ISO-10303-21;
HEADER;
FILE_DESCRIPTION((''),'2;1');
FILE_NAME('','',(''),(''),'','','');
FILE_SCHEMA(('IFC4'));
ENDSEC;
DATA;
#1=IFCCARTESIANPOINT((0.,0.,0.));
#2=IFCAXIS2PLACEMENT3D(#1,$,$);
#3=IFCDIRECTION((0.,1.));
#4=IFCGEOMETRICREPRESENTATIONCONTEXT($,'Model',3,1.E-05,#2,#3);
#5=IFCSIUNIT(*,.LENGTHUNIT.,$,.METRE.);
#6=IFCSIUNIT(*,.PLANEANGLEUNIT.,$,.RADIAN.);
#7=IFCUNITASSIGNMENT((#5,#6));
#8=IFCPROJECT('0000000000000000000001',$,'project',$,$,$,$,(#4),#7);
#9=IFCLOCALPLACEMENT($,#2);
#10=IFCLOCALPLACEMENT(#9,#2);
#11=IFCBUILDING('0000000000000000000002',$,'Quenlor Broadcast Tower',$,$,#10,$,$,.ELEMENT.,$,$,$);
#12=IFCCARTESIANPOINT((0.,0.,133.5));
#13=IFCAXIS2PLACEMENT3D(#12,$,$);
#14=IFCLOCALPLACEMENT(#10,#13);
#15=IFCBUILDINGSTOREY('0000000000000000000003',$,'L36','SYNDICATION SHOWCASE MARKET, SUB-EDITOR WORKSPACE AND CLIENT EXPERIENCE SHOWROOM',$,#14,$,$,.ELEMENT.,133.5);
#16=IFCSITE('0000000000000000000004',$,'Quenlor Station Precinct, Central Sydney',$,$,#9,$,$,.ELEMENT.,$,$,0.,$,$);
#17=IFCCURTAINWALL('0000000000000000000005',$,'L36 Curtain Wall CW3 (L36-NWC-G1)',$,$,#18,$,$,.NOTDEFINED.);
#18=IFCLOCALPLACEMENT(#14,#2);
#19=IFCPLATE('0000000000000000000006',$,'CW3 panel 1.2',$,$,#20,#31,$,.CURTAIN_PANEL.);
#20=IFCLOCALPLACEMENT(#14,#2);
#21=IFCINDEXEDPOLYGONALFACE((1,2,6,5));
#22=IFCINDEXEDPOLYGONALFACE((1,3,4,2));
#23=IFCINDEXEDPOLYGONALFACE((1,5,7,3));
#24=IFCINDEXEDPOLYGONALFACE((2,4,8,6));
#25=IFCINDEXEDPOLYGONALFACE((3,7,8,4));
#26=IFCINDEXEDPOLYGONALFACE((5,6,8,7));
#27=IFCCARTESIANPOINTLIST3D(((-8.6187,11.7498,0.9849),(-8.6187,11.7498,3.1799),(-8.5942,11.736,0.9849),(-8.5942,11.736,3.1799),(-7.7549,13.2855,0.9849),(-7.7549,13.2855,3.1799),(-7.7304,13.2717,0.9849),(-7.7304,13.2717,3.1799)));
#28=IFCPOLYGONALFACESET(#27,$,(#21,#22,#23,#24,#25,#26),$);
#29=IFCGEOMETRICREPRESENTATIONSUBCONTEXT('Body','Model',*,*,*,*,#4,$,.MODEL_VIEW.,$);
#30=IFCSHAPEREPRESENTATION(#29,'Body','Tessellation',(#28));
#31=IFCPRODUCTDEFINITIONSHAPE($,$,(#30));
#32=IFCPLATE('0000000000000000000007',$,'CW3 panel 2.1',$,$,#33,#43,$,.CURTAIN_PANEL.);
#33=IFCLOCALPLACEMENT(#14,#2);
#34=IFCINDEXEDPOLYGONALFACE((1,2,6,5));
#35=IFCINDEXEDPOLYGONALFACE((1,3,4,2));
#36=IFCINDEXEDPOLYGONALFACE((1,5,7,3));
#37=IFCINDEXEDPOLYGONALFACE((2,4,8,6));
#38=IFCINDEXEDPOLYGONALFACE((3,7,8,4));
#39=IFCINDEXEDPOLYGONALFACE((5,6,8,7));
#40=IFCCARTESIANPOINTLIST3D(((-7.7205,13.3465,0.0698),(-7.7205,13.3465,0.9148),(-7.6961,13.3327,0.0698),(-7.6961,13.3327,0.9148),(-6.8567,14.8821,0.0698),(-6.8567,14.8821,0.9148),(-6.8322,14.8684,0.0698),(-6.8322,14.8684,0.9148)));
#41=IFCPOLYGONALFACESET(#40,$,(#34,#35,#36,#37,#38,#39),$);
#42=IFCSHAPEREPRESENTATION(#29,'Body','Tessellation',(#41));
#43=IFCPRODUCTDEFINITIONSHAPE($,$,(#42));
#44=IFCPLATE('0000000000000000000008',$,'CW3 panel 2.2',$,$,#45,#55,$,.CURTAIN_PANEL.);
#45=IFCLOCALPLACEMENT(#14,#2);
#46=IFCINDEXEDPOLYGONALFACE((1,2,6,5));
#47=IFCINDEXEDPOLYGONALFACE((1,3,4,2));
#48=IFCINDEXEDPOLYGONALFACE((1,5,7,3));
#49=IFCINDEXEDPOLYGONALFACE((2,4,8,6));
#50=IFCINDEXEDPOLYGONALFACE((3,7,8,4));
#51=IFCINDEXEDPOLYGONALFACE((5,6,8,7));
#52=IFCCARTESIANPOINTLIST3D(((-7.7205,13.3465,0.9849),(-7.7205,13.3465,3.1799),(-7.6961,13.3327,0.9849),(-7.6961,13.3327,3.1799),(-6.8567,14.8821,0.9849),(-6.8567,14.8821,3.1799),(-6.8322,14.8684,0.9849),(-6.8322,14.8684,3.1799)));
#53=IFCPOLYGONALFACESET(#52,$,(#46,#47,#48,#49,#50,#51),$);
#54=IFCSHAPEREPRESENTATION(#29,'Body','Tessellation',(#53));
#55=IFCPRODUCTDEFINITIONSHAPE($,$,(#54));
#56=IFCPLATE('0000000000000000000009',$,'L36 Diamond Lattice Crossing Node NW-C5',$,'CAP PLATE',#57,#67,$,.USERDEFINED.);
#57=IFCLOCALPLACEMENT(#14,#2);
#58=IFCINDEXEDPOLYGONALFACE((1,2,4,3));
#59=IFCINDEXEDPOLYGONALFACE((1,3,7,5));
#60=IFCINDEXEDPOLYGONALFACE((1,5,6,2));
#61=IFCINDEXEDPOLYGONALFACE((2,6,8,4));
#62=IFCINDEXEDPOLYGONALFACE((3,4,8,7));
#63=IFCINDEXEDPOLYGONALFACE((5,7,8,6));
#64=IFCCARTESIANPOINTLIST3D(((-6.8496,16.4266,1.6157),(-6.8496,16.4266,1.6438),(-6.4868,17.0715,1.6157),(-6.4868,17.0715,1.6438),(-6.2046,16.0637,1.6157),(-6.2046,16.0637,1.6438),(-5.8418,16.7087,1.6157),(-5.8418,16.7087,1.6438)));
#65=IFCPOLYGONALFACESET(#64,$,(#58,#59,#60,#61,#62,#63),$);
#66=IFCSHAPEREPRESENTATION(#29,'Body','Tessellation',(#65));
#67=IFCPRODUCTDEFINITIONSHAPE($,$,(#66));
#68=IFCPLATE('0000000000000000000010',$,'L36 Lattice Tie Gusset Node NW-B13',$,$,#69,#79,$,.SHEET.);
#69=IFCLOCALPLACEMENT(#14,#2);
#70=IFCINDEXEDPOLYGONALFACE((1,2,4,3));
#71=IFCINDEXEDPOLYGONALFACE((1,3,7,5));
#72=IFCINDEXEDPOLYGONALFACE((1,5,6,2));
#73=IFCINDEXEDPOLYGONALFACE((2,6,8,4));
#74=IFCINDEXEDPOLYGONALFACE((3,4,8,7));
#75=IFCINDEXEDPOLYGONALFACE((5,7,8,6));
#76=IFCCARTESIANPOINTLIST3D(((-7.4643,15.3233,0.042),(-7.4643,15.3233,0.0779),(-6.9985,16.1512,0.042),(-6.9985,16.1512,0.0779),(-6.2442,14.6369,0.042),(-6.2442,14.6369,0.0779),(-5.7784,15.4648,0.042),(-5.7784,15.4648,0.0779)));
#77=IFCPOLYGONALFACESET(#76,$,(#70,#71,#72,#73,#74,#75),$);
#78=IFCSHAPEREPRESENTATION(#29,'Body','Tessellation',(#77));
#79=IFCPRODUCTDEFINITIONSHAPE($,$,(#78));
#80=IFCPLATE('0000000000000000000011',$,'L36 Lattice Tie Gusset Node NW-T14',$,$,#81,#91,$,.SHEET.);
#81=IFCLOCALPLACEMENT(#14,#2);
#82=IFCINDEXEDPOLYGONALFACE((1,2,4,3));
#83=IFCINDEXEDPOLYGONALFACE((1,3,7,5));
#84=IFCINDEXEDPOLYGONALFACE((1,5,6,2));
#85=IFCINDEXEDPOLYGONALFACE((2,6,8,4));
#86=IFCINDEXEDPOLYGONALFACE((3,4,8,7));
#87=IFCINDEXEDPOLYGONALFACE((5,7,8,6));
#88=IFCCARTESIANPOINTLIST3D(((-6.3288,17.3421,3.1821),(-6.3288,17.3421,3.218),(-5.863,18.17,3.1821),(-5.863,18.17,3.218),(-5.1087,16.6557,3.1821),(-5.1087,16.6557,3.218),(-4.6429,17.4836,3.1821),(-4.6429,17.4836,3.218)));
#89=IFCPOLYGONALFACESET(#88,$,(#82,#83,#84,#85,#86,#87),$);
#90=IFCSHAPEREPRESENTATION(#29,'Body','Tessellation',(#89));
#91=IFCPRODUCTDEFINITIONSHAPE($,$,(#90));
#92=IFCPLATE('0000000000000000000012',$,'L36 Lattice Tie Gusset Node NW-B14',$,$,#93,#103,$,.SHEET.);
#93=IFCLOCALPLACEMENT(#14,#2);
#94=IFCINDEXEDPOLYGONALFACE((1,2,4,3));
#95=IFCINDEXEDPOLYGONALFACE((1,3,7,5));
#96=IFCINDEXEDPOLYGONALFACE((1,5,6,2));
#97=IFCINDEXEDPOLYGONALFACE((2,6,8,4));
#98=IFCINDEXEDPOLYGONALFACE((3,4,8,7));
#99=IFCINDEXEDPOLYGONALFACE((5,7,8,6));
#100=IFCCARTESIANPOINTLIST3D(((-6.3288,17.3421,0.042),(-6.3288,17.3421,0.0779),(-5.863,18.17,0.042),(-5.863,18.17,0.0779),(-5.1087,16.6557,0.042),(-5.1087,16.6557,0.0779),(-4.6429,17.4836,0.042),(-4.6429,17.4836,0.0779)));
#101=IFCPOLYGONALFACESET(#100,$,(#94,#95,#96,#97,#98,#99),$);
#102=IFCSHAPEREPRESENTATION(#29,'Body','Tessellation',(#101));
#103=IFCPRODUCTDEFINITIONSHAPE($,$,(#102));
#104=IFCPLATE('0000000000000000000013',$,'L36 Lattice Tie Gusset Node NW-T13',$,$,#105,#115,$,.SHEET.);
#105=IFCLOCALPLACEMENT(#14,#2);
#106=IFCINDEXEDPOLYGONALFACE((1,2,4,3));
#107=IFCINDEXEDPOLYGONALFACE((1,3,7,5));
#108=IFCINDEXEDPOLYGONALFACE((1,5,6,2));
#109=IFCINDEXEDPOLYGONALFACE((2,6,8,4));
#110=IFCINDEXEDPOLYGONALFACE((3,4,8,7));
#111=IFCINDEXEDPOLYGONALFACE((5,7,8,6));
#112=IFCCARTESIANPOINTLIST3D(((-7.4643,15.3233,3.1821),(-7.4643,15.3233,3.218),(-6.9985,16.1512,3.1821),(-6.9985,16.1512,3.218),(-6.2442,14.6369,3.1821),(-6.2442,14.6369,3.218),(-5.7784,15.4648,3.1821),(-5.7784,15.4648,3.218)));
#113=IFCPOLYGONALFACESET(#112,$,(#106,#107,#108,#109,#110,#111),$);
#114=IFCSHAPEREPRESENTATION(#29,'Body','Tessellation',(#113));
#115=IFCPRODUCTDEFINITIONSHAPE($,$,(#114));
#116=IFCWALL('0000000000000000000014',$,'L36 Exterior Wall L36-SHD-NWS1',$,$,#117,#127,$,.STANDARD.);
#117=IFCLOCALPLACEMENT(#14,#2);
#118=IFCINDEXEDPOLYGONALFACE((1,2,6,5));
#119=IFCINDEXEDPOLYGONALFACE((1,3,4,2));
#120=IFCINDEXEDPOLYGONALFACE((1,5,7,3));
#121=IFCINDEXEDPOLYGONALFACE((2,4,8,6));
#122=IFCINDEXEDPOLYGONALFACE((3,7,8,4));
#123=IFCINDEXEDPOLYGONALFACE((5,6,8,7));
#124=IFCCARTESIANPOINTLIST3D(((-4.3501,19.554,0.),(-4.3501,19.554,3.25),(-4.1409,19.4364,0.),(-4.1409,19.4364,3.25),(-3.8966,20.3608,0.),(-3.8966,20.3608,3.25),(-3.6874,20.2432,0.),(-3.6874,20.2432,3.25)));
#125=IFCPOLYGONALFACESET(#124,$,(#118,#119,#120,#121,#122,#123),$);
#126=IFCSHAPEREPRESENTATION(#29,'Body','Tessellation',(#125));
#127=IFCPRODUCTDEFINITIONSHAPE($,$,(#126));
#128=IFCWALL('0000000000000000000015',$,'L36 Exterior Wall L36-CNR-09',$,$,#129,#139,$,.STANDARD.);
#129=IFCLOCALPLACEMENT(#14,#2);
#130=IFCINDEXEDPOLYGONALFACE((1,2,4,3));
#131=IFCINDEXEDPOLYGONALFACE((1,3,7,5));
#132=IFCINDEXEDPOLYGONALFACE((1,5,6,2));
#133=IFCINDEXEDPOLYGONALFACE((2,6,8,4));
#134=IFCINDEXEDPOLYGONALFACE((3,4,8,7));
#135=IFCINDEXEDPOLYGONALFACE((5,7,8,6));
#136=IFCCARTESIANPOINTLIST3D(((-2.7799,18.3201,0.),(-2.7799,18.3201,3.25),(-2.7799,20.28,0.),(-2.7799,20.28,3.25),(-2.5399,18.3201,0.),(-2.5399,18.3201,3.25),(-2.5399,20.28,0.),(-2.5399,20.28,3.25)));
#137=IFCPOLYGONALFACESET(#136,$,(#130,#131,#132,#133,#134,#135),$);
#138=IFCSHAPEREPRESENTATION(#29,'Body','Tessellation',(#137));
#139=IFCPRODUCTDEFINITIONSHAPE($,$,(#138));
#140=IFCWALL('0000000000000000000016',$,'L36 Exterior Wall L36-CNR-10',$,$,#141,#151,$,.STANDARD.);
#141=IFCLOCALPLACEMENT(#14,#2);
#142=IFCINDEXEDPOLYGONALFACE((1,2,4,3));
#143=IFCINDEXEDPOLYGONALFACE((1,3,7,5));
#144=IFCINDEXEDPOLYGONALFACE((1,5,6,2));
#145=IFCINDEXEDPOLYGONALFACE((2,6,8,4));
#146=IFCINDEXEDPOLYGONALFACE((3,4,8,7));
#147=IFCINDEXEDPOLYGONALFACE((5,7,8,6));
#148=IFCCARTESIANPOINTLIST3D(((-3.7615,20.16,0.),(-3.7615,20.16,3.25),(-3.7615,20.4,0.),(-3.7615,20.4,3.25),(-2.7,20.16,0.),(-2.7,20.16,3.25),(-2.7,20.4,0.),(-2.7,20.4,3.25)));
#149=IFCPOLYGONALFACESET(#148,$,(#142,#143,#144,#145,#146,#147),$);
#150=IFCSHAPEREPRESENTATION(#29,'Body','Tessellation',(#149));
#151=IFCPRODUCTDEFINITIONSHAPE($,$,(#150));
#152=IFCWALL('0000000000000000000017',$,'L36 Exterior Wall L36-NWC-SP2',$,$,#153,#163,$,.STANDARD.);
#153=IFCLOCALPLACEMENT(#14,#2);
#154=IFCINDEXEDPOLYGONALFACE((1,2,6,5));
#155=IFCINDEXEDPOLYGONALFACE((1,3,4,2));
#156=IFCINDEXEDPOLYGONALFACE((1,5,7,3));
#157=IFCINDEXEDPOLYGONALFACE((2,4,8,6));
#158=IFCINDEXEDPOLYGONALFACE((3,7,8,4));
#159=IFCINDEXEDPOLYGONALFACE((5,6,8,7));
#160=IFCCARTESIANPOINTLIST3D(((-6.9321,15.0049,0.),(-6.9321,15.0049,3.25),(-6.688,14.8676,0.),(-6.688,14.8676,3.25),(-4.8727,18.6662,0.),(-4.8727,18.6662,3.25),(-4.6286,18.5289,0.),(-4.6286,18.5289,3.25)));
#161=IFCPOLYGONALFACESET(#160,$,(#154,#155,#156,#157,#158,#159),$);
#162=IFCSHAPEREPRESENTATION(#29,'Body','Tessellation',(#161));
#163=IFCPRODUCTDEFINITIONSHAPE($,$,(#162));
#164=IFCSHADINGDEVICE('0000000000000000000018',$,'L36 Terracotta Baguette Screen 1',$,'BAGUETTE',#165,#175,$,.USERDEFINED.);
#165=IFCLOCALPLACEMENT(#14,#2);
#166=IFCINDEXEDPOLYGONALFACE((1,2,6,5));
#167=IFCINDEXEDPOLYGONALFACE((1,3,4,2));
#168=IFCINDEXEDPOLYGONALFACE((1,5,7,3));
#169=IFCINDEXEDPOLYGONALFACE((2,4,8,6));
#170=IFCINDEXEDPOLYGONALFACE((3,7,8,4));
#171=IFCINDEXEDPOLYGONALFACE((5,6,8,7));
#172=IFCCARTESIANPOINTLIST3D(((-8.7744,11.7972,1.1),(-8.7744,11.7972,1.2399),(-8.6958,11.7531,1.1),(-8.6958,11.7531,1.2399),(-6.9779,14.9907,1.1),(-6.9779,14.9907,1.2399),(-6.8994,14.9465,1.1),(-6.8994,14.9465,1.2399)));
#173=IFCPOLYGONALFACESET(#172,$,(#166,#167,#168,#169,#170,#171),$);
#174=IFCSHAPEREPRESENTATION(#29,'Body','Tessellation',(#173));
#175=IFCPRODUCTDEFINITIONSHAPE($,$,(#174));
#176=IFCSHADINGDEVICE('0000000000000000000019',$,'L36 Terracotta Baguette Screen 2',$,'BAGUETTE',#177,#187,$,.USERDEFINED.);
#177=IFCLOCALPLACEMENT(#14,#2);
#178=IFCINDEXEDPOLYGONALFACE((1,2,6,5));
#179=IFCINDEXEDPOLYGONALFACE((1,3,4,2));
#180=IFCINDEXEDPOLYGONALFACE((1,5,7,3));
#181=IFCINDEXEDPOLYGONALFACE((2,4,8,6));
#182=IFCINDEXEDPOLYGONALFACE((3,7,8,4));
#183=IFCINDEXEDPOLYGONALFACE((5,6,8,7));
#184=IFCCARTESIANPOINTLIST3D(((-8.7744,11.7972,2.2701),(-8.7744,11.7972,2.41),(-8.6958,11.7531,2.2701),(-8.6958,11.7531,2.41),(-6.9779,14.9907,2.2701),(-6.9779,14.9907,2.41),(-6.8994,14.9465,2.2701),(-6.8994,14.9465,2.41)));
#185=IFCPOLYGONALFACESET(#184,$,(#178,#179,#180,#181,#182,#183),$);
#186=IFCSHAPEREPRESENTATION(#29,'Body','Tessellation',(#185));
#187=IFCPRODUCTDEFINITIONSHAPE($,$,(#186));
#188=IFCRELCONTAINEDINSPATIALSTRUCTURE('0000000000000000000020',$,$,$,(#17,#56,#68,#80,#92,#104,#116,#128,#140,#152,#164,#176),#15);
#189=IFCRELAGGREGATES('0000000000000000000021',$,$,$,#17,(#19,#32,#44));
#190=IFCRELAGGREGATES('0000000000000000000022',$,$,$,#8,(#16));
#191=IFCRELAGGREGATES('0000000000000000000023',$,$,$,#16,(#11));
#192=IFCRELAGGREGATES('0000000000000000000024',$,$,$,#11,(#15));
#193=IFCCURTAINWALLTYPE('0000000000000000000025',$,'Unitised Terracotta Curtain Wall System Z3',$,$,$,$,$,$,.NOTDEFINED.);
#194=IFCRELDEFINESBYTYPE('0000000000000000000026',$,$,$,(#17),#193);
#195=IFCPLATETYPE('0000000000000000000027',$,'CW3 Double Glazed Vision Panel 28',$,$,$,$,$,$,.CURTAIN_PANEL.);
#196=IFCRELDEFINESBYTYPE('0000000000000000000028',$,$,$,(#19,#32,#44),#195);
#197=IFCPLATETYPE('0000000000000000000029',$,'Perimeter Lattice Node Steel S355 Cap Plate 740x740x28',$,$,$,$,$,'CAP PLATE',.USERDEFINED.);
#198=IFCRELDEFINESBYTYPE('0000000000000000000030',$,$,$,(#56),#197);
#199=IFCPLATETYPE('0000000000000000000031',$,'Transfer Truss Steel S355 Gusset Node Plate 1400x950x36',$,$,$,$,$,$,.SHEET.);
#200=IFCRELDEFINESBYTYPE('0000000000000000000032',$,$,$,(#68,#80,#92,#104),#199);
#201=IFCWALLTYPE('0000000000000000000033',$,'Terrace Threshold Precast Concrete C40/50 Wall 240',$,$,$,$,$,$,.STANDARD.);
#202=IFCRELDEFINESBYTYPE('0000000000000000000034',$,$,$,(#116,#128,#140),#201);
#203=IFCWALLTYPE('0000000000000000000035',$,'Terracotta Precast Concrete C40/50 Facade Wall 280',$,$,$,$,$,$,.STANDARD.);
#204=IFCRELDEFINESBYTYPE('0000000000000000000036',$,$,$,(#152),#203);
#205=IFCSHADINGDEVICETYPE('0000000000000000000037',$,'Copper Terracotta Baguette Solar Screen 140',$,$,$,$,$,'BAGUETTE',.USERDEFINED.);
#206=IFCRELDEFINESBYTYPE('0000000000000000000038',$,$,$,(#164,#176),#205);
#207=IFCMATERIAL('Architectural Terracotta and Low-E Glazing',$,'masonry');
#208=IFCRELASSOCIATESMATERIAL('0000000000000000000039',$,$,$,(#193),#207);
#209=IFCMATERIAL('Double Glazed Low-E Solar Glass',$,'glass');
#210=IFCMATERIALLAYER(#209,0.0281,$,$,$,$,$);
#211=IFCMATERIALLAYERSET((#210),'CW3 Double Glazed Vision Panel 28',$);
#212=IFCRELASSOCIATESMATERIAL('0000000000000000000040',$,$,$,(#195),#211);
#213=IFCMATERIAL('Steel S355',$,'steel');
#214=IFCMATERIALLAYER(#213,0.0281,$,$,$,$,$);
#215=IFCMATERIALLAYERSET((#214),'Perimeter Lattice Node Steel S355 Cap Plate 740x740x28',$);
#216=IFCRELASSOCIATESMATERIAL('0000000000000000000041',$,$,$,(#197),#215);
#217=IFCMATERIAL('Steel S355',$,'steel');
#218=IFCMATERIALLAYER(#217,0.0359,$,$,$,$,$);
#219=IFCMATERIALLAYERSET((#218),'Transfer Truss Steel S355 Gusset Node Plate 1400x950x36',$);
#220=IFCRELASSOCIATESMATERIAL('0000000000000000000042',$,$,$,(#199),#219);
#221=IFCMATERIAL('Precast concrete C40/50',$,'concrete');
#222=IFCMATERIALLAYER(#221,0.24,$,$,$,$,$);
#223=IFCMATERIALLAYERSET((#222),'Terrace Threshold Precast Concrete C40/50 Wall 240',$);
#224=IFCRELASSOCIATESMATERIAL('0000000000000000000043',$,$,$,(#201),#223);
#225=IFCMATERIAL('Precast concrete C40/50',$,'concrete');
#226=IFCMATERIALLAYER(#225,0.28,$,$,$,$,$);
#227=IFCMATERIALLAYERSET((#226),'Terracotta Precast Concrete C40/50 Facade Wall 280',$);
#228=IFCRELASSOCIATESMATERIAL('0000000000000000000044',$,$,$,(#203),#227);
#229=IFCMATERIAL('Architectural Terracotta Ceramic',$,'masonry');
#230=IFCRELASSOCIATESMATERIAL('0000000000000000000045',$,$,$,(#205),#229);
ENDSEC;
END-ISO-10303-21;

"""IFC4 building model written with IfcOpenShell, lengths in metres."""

from ifc_helpers import new_model, si_unit, direction, frame, frame_2d, origin, origin_2d, place, context, subcontext, project, spatial, rectangle, extrude, material, layer, layer_set, material_profile, profile_set, type_object, element, aggregate, save


model = new_model("IFC4")

# Units and contexts
model_context = context("Model", 3, precision=1e-05, world=origin(), true_north=direction((0.0, 1.0)))
body_context = subcontext(model_context, "Body", "Model", "MODEL_VIEW")
ifc_project = project(units=[si_unit("LENGTHUNIT", "METRE"), si_unit("PLANEANGLEUNIT", "RADIAN")], contexts=[model_context])

# Site, building, storey
site_placement = place(None, origin())
site = spatial("IfcSite", under=ifc_project, at=site_placement, Name="Quenlor Station Precinct, Central Sydney", CompositionType="ELEMENT", RefElevation=0.0)
building_placement = place(site_placement, origin())
building = spatial("IfcBuilding", under=site, at=building_placement, Name="Quenlor Broadcast Tower", CompositionType="ELEMENT")
storey_placement = place(building_placement, frame((0.0, 0.0, 133.5)))
storey = spatial("IfcBuildingStorey", under=building, at=storey_placement, Name="L36", Description="SYNDICATION SHOWCASE MARKET, SUB-EDITOR WORKSPACE AND CLIENT EXPERIENCE SHOWROOM", CompositionType="ELEMENT", Elevation=133.5)

# Curtain wall
ifc_material_1 = material(Name="Architectural Terracotta and Low-E Glazing", Category="masonry")
curtain_wall_type = type_object("IfcCurtainWallType", Name="Unitised Terracotta Curtain Wall System Z3", PredefinedType="NOTDEFINED", material=ifc_material_1)
curtain_wall_placement = place(storey_placement, origin())
curtain_wall = element("IfcCurtainWall", 1, at=curtain_wall_placement, inside=storey, type_object=curtain_wall_type, Name="L36 Curtain Wall CW3 (L36-NWC-G1)", PredefinedType="NOTDEFINED")

# Plates
ifc_material_2 = material(Name="Double Glazed Low-E Solar Glass", Category="glass")
ifc_layer_1 = layer(ifc_material_2, 0.0281)
ifc_layer_set_1 = layer_set([ifc_layer_1], Name="CW3 Double Glazed Vision Panel 28")
plate_type_1 = type_object("IfcPlateType", Name="CW3 Double Glazed Vision Panel 28", PredefinedType="CURTAIN_PANEL", material=ifc_layer_set_1)
plate_1_placement = place(storey_placement, frame((-8.1746, 12.5107, 0.9849), z_axis=(0.0, 0.0, 1.0), x_axis=(0.49027, 0.871571, 0.0)))
plate_1 = element("IfcPlate", 2, at=plate_1_placement, type_object=plate_type_1, Name="CW3 panel 1.2", PredefinedType="CURTAIN_PANEL", context=body_context, shape_type="SweptSolid", body=[
    extrude(rectangle(XDim=1.762, YDim=0.0281, at=origin_2d()), origin(), (0.0, 0.0, 1.0), 2.1951),
])
plate_2_placement = place(storey_placement, frame((-7.2764, 14.1074, 0.0698), z_axis=(0.0, 0.0, 1.0), x_axis=(0.49027, 0.871571, 0.0)))
plate_2 = element("IfcPlate", 3, at=plate_2_placement, type_object=plate_type_1, Name="CW3 panel 2.1", PredefinedType="CURTAIN_PANEL", context=body_context, shape_type="SweptSolid", body=[
    extrude(rectangle(XDim=1.762, YDim=0.0281, at=origin_2d()), origin(), (0.0, 0.0, 1.0), 0.845),
])
plate_3_placement = place(storey_placement, frame((-7.2764, 14.1074, 0.9849), z_axis=(0.0, 0.0, 1.0), x_axis=(0.49027, 0.871571, 0.0)))
plate_3 = element("IfcPlate", 4, at=plate_3_placement, type_object=plate_type_1, Name="CW3 panel 2.2", PredefinedType="CURTAIN_PANEL", context=body_context, shape_type="SweptSolid", body=[
    extrude(rectangle(XDim=1.762, YDim=0.0281, at=origin_2d()), origin(), (0.0, 0.0, 1.0), 2.1951),
])
aggregate(curtain_wall, [plate_1, plate_2, plate_3])

# Plates
ifc_material_3 = material(Name="Steel S355", Category="steel")
ifc_layer_2 = layer(ifc_material_3, 0.0281)
ifc_layer_set_2 = layer_set([ifc_layer_2], Name="Perimeter Lattice Node Steel S355 Cap Plate 740x740x28")
plate_type_2 = type_object("IfcPlateType", Name="Perimeter Lattice Node Steel S355 Cap Plate 740x740x28", ElementType="CAP PLATE", PredefinedType="USERDEFINED", material=ifc_layer_set_2)
plate_4_placement = place(storey_placement, frame((-6.3457, 16.5676, 1.6157), z_axis=(0.0, 0.0, 1.0), x_axis=(0.490295, 0.871556, 0.0)))
element("IfcPlate", 5, at=plate_4_placement, inside=storey, type_object=plate_type_2, Name="L36 Diamond Lattice Crossing Node NW-C5", ObjectType="CAP PLATE", PredefinedType="USERDEFINED", context=body_context, shape_type="SweptSolid", body=[
    extrude(rectangle(XDim=0.74, YDim=0.74, at=origin_2d()), origin(), (0.0, 0.0, 1.0), 0.0281),
])
ifc_material_4 = material(Name="Steel S355", Category="steel")
ifc_layer_3 = layer(ifc_material_4, 0.0359)
ifc_layer_set_3 = layer_set([ifc_layer_3], Name="Transfer Truss Steel S355 Gusset Node Plate 1400x950x36")
plate_type_3 = type_object("IfcPlateType", Name="Transfer Truss Steel S355 Gusset Node Plate 1400x950x36", PredefinedType="SHEET", material=ifc_layer_set_3)
for number, where, z_axis, x_axis, name in (
    (6, (-6.6213, 15.394, 0.042), (0.0, 0.0, 1.0), (-0.871556, 0.490295, 0.0), "L36 Lattice Tie Gusset Node NW-B13"),
    (7, (-5.4858, 17.4128, 3.1821), (0.0, 0.0, 1.0), (-0.871556, 0.490295, 0.0), "L36 Lattice Tie Gusset Node NW-T14"),
    (8, (-5.4858, 17.4128, 0.042), (0.0, 0.0, 1.0), (-0.871556, 0.490295, 0.0), "L36 Lattice Tie Gusset Node NW-B14"),
    (9, (-6.6213, 15.394, 3.1821), (0.0, 0.0, 1.0), (-0.871556, 0.490295, 0.0), "L36 Lattice Tie Gusset Node NW-T13"),
):
    element("IfcPlate", number, at=place(storey_placement, frame(where, z_axis=z_axis, x_axis=x_axis)), inside=storey, type_object=plate_type_3, Name=name, PredefinedType="SHEET", context=body_context, shape_type="SweptSolid", body=[
        extrude(rectangle(XDim=1.3999, YDim=0.95, at=origin_2d()), origin(), (0.0, 0.0, 1.0), 0.0359),
    ])

# Walls
ifc_material_5 = material(Name="Precast concrete C40/50", Category="concrete")
ifc_layer_4 = layer(ifc_material_5, 0.24)
ifc_layer_set_4 = layer_set([ifc_layer_4], Name="Terrace Threshold Precast Concrete C40/50 Wall 240")
wall_type_1 = type_object("IfcWallType", Name="Terrace Threshold Precast Concrete C40/50 Wall 240", PredefinedType="STANDARD", material=ifc_layer_set_4)
wall_1_placement = place(storey_placement, frame((-4.2456, 19.4951, 0.0), z_axis=(0.0, 0.0, 1.0), x_axis=(0.490048, 0.871695, 0.0)))
element("IfcWall", 10, at=wall_1_placement, inside=storey, type_object=wall_type_1, Name="L36 Exterior Wall L36-SHD-NWS1", PredefinedType="STANDARD", context=body_context, shape_type="SweptSolid", body=[
    extrude(rectangle(XDim=0.9255, YDim=0.24, at=frame_2d((0.4629, 0.0))), origin(), (0.0, 0.0, 1.0), 3.25),
])
wall_2_placement = place(storey_placement, frame((-2.6599, 18.3201, 0.0), z_axis=(0.0, 0.0, 1.0), x_axis=(0.0, 1.0, 0.0)))
element("IfcWall", 11, at=wall_2_placement, inside=storey, type_object=wall_type_1, Name="L36 Exterior Wall L36-CNR-09", PredefinedType="STANDARD", context=body_context, shape_type="SweptSolid", body=[
    extrude(rectangle(XDim=1.96, YDim=0.24, at=frame_2d((0.98, 0.0))), origin(), (0.0, 0.0, 1.0), 3.25),
])
wall_3_placement = place(storey_placement, frame((-2.7, 20.28, 0.0), z_axis=(0.0, 0.0, 1.0), x_axis=(-1.0, 0.0, 0.0)))
element("IfcWall", 12, at=wall_3_placement, inside=storey, type_object=wall_type_1, Name="L36 Exterior Wall L36-CNR-10", PredefinedType="STANDARD", context=body_context, shape_type="SweptSolid", body=[
    extrude(rectangle(XDim=1.0615, YDim=0.24, at=frame_2d((0.5308, 0.0))), origin(), (0.0, 0.0, 1.0), 3.25),
])
ifc_material_6 = material(Name="Precast concrete C40/50", Category="concrete")
ifc_layer_5 = layer(ifc_material_6, 0.28)
ifc_layer_set_5 = layer_set([ifc_layer_5], Name="Terracotta Precast Concrete C40/50 Facade Wall 280")
wall_type_2 = type_object("IfcWallType", Name="Terracotta Precast Concrete C40/50 Facade Wall 280", PredefinedType="STANDARD", material=ifc_layer_set_5)
wall_4_placement = place(storey_placement, frame((-6.8101, 14.9363, 0.0), z_axis=(0.0, 0.0, 1.0), x_axis=(0.49025, 0.871582, 0.0)))
element("IfcWall", 13, at=wall_4_placement, inside=storey, type_object=wall_type_2, Name="L36 Exterior Wall L36-NWC-SP2", PredefinedType="STANDARD", context=body_context, shape_type="SweptSolid", body=[
    extrude(rectangle(XDim=4.2007, YDim=0.28, at=frame_2d((2.1003, 0.0))), origin(), (0.0, 0.0, 1.0), 3.25),
])

# Shading devices
ifc_material_7 = material(Name="Architectural Terracotta Ceramic", Category="masonry")
ifc_material_profile_1 = material_profile(ifc_material_7, rectangle(XDim=0.0901, YDim=0.1399, at=origin_2d()))
ifc_profile_set_1 = profile_set([ifc_material_profile_1], Name="Architectural Terracotta Ceramic BAG90x140")
shading_device_type = type_object("IfcShadingDeviceType", Name="Copper Terracotta Baguette Solar Screen 140", ElementType="BAGUETTE", PredefinedType="USERDEFINED", material=ifc_profile_set_1)
for number, where, z_axis, x_axis, name in (
    (14, (-8.7351, 11.7751, 1.1699), (0.490287, 0.871561, 0.0), (-0.871561, 0.490287, 0.0), "L36 Terracotta Baguette Screen 1"),
    (15, (-8.7351, 11.7751, 2.3401), (0.490287, 0.871561, 0.0), (-0.871561, 0.490287, 0.0), "L36 Terracotta Baguette Screen 2"),
):
    element("IfcShadingDevice", number, at=place(storey_placement, frame(where, z_axis=z_axis, x_axis=x_axis)), inside=storey, type_object=shading_device_type, Name=name, ObjectType="BAGUETTE", PredefinedType="USERDEFINED", context=body_context, shape_type="SweptSolid", body=[
        extrude(rectangle(XDim=0.0901, YDim=0.1399, at=origin_2d()), origin(), (0.0, 0.0, 1.0), 3.6641),
    ])

save(model, "model.ifc")
